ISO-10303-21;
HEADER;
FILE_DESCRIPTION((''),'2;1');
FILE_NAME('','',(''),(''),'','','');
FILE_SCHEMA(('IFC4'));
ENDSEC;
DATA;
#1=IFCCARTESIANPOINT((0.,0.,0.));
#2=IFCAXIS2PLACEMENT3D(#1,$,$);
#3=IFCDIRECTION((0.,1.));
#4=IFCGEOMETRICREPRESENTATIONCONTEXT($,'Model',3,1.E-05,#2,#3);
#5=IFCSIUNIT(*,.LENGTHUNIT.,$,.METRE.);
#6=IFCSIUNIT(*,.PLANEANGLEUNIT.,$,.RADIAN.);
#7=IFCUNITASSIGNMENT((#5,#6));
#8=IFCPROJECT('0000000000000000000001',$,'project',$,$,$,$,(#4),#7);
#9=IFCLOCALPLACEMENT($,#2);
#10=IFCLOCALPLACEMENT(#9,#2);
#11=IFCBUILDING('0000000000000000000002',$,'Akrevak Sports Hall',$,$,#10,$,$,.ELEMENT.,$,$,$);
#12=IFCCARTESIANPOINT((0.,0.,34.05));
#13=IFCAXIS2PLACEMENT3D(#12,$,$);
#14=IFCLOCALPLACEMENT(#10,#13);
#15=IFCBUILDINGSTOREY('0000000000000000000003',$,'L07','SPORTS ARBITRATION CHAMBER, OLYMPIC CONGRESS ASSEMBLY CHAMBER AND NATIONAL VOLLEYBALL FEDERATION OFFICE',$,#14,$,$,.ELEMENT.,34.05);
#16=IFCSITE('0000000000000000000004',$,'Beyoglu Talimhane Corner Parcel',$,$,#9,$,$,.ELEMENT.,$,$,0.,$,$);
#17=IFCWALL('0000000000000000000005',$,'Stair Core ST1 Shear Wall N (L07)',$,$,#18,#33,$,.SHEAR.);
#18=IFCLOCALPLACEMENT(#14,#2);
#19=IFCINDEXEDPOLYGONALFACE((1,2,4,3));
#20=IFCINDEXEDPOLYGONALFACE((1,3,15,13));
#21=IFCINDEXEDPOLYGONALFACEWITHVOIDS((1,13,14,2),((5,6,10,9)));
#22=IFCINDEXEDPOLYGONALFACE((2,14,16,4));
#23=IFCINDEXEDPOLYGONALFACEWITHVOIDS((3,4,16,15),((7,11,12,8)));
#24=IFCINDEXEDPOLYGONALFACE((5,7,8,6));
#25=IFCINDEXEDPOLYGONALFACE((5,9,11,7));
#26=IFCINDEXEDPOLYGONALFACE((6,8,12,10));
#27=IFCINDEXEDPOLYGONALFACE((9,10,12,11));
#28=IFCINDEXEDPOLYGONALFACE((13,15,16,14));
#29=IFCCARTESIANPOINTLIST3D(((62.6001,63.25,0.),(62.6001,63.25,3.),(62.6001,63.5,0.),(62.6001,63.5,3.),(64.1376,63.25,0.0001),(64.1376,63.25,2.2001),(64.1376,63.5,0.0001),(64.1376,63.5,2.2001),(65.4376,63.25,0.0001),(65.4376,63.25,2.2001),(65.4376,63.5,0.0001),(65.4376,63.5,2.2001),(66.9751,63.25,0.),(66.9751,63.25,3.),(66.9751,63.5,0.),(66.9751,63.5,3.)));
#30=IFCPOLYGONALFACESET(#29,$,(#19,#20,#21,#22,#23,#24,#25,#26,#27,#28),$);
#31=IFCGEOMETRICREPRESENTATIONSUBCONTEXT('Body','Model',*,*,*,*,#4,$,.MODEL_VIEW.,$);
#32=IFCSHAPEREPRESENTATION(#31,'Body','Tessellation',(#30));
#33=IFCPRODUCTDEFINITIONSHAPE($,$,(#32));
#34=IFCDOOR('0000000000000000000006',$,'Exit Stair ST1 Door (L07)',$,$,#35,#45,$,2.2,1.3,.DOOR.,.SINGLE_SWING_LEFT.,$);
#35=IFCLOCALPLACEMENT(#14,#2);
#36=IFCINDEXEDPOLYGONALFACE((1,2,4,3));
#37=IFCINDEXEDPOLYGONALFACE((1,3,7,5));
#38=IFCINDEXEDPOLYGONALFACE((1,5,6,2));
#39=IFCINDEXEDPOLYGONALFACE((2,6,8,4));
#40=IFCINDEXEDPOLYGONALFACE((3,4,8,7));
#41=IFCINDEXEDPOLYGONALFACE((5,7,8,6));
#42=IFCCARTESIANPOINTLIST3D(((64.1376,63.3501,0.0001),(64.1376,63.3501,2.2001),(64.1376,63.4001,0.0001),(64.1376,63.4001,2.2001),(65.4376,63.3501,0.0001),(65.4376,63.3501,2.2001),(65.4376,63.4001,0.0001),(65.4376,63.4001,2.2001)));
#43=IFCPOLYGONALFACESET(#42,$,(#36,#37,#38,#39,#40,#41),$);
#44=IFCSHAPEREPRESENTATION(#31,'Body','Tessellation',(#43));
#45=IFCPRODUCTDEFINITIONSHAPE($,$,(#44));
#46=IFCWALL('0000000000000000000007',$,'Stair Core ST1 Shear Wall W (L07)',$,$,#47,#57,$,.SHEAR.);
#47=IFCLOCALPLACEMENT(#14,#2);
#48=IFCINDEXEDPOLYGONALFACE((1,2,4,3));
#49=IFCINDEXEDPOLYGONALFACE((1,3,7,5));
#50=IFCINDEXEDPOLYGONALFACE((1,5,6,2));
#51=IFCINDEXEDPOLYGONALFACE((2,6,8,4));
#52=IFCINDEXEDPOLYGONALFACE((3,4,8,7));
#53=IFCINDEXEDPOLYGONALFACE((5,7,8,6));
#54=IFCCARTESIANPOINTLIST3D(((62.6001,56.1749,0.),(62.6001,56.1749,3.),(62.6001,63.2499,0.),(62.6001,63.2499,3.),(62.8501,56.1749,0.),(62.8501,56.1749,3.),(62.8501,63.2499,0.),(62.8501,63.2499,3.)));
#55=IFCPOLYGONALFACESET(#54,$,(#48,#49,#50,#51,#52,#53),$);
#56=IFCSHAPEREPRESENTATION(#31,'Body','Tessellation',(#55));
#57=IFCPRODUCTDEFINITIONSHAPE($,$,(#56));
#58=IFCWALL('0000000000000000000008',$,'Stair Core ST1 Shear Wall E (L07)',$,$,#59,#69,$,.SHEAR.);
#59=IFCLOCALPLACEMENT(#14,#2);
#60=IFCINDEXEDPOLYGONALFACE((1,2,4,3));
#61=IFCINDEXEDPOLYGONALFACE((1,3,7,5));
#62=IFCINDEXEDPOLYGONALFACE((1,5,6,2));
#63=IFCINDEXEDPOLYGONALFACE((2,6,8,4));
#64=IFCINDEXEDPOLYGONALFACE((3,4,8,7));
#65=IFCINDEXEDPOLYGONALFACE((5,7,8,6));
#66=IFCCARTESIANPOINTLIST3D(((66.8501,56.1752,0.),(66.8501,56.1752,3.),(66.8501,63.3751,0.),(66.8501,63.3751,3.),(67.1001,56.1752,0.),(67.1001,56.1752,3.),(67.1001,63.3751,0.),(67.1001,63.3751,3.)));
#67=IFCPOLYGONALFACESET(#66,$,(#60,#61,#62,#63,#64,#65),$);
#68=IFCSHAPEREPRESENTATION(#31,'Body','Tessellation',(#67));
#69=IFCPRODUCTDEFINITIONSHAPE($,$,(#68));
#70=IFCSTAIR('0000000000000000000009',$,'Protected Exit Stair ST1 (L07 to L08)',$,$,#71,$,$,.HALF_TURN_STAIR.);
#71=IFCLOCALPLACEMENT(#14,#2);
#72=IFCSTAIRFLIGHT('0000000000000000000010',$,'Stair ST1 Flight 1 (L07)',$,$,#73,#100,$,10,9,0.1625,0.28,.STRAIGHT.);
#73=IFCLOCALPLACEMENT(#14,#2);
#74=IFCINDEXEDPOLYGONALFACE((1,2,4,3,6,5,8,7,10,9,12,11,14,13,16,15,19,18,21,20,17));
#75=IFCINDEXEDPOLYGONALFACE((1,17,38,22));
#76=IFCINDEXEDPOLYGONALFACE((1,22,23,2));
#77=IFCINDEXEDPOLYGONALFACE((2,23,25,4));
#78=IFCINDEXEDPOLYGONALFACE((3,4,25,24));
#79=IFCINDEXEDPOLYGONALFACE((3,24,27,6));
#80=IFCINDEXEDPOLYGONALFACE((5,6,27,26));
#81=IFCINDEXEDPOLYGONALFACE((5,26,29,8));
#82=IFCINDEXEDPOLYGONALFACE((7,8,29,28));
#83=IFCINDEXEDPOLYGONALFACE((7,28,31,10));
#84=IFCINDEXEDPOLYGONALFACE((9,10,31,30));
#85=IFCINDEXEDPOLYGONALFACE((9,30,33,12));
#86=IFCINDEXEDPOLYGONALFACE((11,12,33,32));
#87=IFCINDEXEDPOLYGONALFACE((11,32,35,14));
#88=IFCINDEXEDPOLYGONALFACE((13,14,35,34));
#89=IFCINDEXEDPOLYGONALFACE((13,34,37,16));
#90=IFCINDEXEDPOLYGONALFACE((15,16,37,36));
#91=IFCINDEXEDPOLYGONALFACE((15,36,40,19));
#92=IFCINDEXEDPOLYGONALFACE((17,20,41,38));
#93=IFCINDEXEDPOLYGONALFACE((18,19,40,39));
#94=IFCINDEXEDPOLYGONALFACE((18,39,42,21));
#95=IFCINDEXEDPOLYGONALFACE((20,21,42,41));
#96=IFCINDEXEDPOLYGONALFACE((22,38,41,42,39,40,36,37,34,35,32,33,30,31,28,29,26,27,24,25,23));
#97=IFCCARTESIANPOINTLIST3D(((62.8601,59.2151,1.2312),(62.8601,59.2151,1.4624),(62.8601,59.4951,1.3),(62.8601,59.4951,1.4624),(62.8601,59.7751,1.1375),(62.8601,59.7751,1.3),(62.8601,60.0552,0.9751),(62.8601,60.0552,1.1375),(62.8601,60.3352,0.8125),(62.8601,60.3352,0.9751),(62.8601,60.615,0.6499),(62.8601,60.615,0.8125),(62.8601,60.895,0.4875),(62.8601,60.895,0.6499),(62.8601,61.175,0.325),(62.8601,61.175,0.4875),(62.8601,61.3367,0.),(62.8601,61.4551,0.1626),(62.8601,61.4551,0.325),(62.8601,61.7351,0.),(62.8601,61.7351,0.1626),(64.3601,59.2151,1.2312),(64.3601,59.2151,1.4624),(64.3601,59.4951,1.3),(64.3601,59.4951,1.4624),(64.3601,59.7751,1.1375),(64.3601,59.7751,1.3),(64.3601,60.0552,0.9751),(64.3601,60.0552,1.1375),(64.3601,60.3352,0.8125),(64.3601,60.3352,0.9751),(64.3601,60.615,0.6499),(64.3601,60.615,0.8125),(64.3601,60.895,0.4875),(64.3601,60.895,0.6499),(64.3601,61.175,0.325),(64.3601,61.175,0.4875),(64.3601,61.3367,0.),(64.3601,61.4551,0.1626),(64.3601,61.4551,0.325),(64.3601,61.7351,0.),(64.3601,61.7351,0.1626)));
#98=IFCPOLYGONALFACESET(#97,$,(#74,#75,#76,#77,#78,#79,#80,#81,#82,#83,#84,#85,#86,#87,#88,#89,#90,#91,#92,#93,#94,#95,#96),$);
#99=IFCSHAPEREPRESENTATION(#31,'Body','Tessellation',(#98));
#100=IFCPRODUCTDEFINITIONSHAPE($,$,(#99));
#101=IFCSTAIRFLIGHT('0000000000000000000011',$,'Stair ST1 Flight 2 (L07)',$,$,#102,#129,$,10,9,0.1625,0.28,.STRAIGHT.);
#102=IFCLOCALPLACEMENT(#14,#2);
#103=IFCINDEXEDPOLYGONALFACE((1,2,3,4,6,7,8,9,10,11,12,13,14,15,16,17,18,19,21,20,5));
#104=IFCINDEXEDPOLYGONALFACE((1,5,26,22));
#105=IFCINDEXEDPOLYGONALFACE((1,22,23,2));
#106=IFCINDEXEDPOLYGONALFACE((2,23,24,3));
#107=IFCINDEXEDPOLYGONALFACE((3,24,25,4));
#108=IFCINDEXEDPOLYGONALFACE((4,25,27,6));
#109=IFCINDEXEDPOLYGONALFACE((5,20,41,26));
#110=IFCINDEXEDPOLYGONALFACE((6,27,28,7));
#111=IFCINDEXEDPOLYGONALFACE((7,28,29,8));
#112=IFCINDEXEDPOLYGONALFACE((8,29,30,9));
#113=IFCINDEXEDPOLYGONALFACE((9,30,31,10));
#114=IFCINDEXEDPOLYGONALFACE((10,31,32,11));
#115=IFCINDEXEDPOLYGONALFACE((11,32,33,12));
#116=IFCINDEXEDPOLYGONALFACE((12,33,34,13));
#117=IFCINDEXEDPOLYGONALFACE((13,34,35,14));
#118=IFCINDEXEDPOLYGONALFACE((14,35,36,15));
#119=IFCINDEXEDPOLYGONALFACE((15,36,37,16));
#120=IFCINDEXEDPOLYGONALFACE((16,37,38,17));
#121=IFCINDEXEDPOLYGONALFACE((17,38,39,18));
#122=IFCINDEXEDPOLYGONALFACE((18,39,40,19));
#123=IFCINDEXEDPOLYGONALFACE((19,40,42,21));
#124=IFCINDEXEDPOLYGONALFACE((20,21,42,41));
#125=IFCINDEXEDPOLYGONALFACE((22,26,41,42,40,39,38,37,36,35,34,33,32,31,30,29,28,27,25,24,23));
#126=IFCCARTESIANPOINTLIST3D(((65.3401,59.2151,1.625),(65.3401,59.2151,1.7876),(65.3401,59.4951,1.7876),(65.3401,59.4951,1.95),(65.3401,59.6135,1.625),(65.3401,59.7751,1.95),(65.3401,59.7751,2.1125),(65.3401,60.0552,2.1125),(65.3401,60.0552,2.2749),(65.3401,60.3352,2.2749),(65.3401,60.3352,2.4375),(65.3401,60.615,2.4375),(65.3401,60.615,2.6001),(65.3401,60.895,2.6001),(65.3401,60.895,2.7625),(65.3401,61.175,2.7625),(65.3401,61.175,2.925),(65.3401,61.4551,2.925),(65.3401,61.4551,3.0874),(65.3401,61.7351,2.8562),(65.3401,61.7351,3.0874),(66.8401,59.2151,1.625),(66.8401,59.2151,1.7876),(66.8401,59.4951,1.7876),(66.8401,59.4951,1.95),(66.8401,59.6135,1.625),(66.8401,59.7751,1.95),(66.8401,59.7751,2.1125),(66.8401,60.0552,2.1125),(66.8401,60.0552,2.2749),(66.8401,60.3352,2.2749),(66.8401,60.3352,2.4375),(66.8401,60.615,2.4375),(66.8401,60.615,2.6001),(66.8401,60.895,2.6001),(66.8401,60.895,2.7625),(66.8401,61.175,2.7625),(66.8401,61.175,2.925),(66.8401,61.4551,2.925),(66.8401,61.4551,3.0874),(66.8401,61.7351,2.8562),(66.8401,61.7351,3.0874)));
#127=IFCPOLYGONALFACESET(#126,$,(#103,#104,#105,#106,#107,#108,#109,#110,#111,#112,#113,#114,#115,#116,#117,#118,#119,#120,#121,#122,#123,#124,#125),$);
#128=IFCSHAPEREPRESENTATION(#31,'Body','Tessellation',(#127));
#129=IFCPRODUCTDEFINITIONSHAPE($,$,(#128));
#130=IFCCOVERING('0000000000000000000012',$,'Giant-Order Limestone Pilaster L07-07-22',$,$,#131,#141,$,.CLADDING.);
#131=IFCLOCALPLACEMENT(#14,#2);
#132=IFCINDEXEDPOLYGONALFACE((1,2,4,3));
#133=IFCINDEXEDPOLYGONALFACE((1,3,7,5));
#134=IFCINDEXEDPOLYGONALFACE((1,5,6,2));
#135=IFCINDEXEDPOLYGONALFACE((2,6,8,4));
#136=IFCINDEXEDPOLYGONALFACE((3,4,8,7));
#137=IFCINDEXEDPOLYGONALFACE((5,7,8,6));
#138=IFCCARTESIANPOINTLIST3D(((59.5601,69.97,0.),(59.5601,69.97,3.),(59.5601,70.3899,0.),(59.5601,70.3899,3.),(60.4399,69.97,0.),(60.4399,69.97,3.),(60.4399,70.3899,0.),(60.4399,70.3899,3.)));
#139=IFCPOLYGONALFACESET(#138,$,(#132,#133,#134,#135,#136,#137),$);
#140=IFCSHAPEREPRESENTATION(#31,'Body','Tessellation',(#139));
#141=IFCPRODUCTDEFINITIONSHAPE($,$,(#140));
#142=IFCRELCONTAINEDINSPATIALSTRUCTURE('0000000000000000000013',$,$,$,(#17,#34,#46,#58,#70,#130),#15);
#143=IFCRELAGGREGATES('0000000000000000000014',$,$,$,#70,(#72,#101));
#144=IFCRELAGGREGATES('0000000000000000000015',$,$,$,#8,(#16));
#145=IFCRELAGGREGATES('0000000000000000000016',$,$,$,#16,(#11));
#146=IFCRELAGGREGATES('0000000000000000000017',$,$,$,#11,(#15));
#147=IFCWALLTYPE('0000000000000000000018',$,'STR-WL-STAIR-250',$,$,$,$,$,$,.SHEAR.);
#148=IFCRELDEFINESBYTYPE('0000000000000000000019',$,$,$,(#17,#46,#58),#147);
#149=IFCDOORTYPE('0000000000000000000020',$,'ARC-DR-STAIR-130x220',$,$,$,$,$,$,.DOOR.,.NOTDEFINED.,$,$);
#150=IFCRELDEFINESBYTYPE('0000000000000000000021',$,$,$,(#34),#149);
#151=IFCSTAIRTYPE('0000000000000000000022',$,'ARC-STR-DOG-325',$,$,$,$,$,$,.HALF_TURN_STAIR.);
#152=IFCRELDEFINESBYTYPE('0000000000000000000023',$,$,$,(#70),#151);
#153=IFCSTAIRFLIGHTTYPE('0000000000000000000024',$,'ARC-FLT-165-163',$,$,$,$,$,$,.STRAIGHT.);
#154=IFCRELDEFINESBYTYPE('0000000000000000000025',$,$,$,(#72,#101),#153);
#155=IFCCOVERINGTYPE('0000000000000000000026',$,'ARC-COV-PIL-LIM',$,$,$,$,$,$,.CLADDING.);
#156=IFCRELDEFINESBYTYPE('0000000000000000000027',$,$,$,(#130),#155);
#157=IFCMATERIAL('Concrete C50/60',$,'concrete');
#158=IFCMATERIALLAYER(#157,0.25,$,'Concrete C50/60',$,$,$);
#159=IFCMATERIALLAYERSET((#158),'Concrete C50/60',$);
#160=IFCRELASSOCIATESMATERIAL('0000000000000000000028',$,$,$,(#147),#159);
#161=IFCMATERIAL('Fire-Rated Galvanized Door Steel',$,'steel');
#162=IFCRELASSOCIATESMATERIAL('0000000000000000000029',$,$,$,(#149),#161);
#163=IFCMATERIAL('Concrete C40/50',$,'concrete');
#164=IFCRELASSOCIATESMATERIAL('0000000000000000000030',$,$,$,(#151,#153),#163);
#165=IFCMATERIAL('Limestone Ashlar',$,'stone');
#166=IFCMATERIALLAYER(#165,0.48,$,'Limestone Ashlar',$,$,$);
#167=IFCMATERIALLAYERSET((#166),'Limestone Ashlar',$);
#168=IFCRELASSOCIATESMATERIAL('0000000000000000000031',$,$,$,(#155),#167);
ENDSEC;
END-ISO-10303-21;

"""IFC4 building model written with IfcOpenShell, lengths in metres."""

from ifc_helpers import new_model, si_unit, direction, frame, frame_2d, origin, origin_2d, place, context, subcontext, project, spatial, polyline, rectangle, outline, extrude, material, layer, layer_set, type_object, element, fill, aggregate, save


model = new_model("IFC4")

# Units and contexts
model_context = context("Model", 3, precision=1e-05, world=origin(), true_north=direction((0.0, 1.0)))
body_context = subcontext(model_context, "Body", "Model", "MODEL_VIEW")
ifc_project = project(units=[si_unit("LENGTHUNIT", "METRE"), si_unit("PLANEANGLEUNIT", "RADIAN")], contexts=[model_context])

# Site, building, storey
site_placement = place(None, origin())
site = spatial("IfcSite", under=ifc_project, at=site_placement, Name="Beyoglu Talimhane Corner Parcel", CompositionType="ELEMENT", RefElevation=0.0)
building_placement = place(site_placement, origin())
building = spatial("IfcBuilding", under=site, at=building_placement, Name="Akrevak Sports Hall", CompositionType="ELEMENT")
storey_placement = place(building_placement, frame((0.0, 0.0, 34.05)))
storey = spatial("IfcBuildingStorey", under=building, at=storey_placement, Name="L07", Description="SPORTS ARBITRATION CHAMBER, OLYMPIC CONGRESS ASSEMBLY CHAMBER AND NATIONAL VOLLEYBALL FEDERATION OFFICE", CompositionType="ELEMENT", Elevation=34.05)

# Shared definitions
ifc_material_1 = material(Name="Concrete C40/50", Category="concrete")

# Shared definitions
ifc_material_2 = material(Name="Fire-Rated Galvanized Door Steel", Category="steel")

# Shared definitions
ifc_material_3 = material(Name="Concrete C50/60", Category="concrete")

# Shared definitions
ifc_layer_1 = layer(ifc_material_3, 0.25, Name="Concrete C50/60")
ifc_layer_set_1 = layer_set([ifc_layer_1], Name="Concrete C50/60")
wall_type_1 = type_object("IfcWallType", Name="STR-WL-STAIR-250", PredefinedType="SHEAR", material=ifc_layer_set_1)

# Wall, opening, door
wall_1_placement = place(storey_placement, frame((66.9751, 63.375, 0.0), z_axis=(0.0, 0.0, 1.0), x_axis=(-1.0, 0.0, 0.0)))
wall_1 = element("IfcWall", 1, at=wall_1_placement, inside=storey, type_object=wall_type_1, Name="Stair Core ST1 Shear Wall N (L07)", PredefinedType="SHEAR", context=body_context, shape_type="SweptSolid", body=[
    extrude(rectangle(XDim=4.375, YDim=0.25, at=frame_2d((2.1875, 0.0))), origin(), (0.0, 0.0, 1.0), 3.0),
])
opening_1_placement = place(wall_1_placement, frame((1.5376, 0.0, 0.0)))
opening_1 = element("IfcOpeningElement", 2, at=opening_1_placement, cuts=wall_1, PredefinedType="OPENING", context=body_context, shape_type="SweptSolid", body=[
    extrude(rectangle(XDim=1.3, YDim=2.2, at=frame_2d((0.6499, 1.1001))), frame((0.0, 0.137, 0.0), z_axis=(0.0, -1.0, 0.0), x_axis=(1.0, 0.0, 0.0)), (0.0, 0.0, 1.0), 0.2739),
])
door_type_1 = type_object("IfcDoorType", Name="ARC-DR-STAIR-130x220", OperationType="NOTDEFINED", PredefinedType="DOOR", material=ifc_material_2)
door_1_placement = place(opening_1_placement, origin())
door_1 = element("IfcDoor", 3, at=door_1_placement, inside=storey, type_object=door_type_1, Name="Exit Stair ST1 Door (L07)", OperationType="SINGLE_SWING_LEFT", OverallHeight=2.2, OverallWidth=1.3, PredefinedType="DOOR", context=body_context, shape_type="SweptSolid", body=[
    extrude(rectangle(XDim=1.3, YDim=2.2, at=frame_2d((0.6499, 1.1001))), frame((0.0, 0.0249, 0.0), z_axis=(0.0, -1.0, 0.0), x_axis=(1.0, 0.0, 0.0)), (0.0, 0.0, 1.0), 0.05),
])
fill(opening_1, door_1)

# Walls
wall_2_placement = place(storey_placement, frame((62.7251, 63.25, 0.0), z_axis=(0.0, 0.0, 1.0), x_axis=(0.0, -1.0, 0.0)))
element("IfcWall", 4, at=wall_2_placement, inside=storey, type_object=wall_type_1, Name="Stair Core ST1 Shear Wall W (L07)", PredefinedType="SHEAR", context=body_context, shape_type="SweptSolid", body=[
    extrude(rectangle(XDim=7.075, YDim=0.25, at=frame_2d((3.5376, 0.0))), origin(), (0.0, 0.0, 1.0), 3.0),
])
wall_3_placement = place(storey_placement, frame((66.9751, 56.175, 0.0), z_axis=(0.0, 0.0, 1.0), x_axis=(0.0, 1.0, 0.0)))
element("IfcWall", 5, at=wall_3_placement, inside=storey, type_object=wall_type_1, Name="Stair Core ST1 Shear Wall E (L07)", PredefinedType="SHEAR", context=body_context, shape_type="SweptSolid", body=[
    extrude(rectangle(XDim=7.2, YDim=0.25, at=frame_2d((3.6001, 0.0))), origin(), (0.0, 0.0, 1.0), 3.0),
])

# Stair, stair flights
stair_type = type_object("IfcStairType", Name="ARC-STR-DOG-325", PredefinedType="HALF_TURN_STAIR", material=ifc_material_1)
stair_placement = place(storey_placement, origin())
stair = element("IfcStair", 6, at=stair_placement, inside=storey, type_object=stair_type, Name="Protected Exit Stair ST1 (L07 to L08)", PredefinedType="HALF_TURN_STAIR")
stair_flight_type = type_object("IfcStairFlightType", Name="ARC-FLT-165-163", PredefinedType="STRAIGHT", material=ifc_material_1)
stair_flight_1_placement = place(storey_placement, frame((63.6101, 61.7351, 0.0), z_axis=(0.0, 0.0, 1.0), x_axis=(0.0, -1.0, 0.0)))
stair_flight_1 = element("IfcStairFlight", 7, at=stair_flight_1_placement, type_object=stair_flight_type, Name="Stair ST1 Flight 1 (L07)", NumberOfRisers=10, NumberOfTreads=9, PredefinedType="STRAIGHT", RiserHeight=0.1625, TreadLength=0.28, context=body_context, shape_type="SweptSolid", body=[
    extrude(outline(polyline([(0.0, 0.0), (0.0, 0.1626), (0.28, 0.1626), (0.28, 0.325), (0.5601, 0.325), (0.5601, 0.4875), (0.8401, 0.4875), (0.8401, 0.6499), (1.1201, 0.6499), (1.1201, 0.8125), (1.3999, 0.8125), (1.3999, 0.9751), (1.6799, 0.9751), (1.6799, 1.1375), (1.96, 1.1375), (1.96, 1.3), (2.24, 1.3), (2.24, 1.4624), (2.52, 1.4624), (2.52, 1.625), (2.52, 1.2312), (0.3984, 0.0), (0.0, 0.0)])), frame((0.0, 0.75, 0.0), z_axis=(0.0, -1.0, 0.0), x_axis=(1.0, 0.0, 0.0)), (0.0, 0.0, 1.0), 1.5),
])
stair_flight_2_placement = place(storey_placement, frame((66.0901, 59.2151, 1.625), z_axis=(0.0, 0.0, 1.0), x_axis=(0.0, 1.0, 0.0)))
stair_flight_2 = element("IfcStairFlight", 8, at=stair_flight_2_placement, type_object=stair_flight_type, Name="Stair ST1 Flight 2 (L07)", NumberOfRisers=10, NumberOfTreads=9, PredefinedType="STRAIGHT", RiserHeight=0.1625, TreadLength=0.28, context=body_context, shape_type="SweptSolid", body=[
    extrude(outline(polyline([(0.0, 0.0), (0.0, 0.1626), (0.28, 0.1626), (0.28, 0.325), (0.5601, 0.325), (0.5601, 0.4875), (0.8401, 0.4875), (0.8401, 0.6499), (1.1201, 0.6499), (1.1201, 0.8125), (1.3999, 0.8125), (1.3999, 0.9751), (1.6799, 0.9751), (1.6799, 1.1375), (1.96, 1.1375), (1.96, 1.3), (2.24, 1.3), (2.24, 1.4624), (2.52, 1.4624), (2.52, 1.625), (2.52, 1.2312), (0.3984, 0.0), (0.0, 0.0)])), frame((0.0, 0.75, 0.0), z_axis=(0.0, -1.0, 0.0), x_axis=(1.0, 0.0, 0.0)), (0.0, 0.0, 1.0), 1.5),
])
aggregate(stair, [stair_flight_1, stair_flight_2])

# Covering
ifc_material_4 = material(Name="Limestone Ashlar", Category="stone")
ifc_layer_2 = layer(ifc_material_4, 0.48, Name="Limestone Ashlar")
ifc_layer_set_2 = layer_set([ifc_layer_2], Name="Limestone Ashlar")
covering_type = type_object("IfcCoveringType", Name="ARC-COV-PIL-LIM", PredefinedType="CLADDING", material=ifc_layer_set_2)
covering_placement = place(storey_placement, frame((60.0, 70.1799, 0.0), z_axis=(0.0, 0.0, 1.0), x_axis=(-1.0, 0.0, 0.0)))
element("IfcCovering", 9, at=covering_placement, inside=storey, type_object=covering_type, Name="Giant-Order Limestone Pilaster L07-07-22", PredefinedType="CLADDING", context=body_context, shape_type="SweptSolid", body=[
    extrude(rectangle(XDim=0.8799, YDim=0.4199, at=origin_2d()), origin(), (0.0, 0.0, 1.0), 3.0),
])

save(model, "model.ifc")
